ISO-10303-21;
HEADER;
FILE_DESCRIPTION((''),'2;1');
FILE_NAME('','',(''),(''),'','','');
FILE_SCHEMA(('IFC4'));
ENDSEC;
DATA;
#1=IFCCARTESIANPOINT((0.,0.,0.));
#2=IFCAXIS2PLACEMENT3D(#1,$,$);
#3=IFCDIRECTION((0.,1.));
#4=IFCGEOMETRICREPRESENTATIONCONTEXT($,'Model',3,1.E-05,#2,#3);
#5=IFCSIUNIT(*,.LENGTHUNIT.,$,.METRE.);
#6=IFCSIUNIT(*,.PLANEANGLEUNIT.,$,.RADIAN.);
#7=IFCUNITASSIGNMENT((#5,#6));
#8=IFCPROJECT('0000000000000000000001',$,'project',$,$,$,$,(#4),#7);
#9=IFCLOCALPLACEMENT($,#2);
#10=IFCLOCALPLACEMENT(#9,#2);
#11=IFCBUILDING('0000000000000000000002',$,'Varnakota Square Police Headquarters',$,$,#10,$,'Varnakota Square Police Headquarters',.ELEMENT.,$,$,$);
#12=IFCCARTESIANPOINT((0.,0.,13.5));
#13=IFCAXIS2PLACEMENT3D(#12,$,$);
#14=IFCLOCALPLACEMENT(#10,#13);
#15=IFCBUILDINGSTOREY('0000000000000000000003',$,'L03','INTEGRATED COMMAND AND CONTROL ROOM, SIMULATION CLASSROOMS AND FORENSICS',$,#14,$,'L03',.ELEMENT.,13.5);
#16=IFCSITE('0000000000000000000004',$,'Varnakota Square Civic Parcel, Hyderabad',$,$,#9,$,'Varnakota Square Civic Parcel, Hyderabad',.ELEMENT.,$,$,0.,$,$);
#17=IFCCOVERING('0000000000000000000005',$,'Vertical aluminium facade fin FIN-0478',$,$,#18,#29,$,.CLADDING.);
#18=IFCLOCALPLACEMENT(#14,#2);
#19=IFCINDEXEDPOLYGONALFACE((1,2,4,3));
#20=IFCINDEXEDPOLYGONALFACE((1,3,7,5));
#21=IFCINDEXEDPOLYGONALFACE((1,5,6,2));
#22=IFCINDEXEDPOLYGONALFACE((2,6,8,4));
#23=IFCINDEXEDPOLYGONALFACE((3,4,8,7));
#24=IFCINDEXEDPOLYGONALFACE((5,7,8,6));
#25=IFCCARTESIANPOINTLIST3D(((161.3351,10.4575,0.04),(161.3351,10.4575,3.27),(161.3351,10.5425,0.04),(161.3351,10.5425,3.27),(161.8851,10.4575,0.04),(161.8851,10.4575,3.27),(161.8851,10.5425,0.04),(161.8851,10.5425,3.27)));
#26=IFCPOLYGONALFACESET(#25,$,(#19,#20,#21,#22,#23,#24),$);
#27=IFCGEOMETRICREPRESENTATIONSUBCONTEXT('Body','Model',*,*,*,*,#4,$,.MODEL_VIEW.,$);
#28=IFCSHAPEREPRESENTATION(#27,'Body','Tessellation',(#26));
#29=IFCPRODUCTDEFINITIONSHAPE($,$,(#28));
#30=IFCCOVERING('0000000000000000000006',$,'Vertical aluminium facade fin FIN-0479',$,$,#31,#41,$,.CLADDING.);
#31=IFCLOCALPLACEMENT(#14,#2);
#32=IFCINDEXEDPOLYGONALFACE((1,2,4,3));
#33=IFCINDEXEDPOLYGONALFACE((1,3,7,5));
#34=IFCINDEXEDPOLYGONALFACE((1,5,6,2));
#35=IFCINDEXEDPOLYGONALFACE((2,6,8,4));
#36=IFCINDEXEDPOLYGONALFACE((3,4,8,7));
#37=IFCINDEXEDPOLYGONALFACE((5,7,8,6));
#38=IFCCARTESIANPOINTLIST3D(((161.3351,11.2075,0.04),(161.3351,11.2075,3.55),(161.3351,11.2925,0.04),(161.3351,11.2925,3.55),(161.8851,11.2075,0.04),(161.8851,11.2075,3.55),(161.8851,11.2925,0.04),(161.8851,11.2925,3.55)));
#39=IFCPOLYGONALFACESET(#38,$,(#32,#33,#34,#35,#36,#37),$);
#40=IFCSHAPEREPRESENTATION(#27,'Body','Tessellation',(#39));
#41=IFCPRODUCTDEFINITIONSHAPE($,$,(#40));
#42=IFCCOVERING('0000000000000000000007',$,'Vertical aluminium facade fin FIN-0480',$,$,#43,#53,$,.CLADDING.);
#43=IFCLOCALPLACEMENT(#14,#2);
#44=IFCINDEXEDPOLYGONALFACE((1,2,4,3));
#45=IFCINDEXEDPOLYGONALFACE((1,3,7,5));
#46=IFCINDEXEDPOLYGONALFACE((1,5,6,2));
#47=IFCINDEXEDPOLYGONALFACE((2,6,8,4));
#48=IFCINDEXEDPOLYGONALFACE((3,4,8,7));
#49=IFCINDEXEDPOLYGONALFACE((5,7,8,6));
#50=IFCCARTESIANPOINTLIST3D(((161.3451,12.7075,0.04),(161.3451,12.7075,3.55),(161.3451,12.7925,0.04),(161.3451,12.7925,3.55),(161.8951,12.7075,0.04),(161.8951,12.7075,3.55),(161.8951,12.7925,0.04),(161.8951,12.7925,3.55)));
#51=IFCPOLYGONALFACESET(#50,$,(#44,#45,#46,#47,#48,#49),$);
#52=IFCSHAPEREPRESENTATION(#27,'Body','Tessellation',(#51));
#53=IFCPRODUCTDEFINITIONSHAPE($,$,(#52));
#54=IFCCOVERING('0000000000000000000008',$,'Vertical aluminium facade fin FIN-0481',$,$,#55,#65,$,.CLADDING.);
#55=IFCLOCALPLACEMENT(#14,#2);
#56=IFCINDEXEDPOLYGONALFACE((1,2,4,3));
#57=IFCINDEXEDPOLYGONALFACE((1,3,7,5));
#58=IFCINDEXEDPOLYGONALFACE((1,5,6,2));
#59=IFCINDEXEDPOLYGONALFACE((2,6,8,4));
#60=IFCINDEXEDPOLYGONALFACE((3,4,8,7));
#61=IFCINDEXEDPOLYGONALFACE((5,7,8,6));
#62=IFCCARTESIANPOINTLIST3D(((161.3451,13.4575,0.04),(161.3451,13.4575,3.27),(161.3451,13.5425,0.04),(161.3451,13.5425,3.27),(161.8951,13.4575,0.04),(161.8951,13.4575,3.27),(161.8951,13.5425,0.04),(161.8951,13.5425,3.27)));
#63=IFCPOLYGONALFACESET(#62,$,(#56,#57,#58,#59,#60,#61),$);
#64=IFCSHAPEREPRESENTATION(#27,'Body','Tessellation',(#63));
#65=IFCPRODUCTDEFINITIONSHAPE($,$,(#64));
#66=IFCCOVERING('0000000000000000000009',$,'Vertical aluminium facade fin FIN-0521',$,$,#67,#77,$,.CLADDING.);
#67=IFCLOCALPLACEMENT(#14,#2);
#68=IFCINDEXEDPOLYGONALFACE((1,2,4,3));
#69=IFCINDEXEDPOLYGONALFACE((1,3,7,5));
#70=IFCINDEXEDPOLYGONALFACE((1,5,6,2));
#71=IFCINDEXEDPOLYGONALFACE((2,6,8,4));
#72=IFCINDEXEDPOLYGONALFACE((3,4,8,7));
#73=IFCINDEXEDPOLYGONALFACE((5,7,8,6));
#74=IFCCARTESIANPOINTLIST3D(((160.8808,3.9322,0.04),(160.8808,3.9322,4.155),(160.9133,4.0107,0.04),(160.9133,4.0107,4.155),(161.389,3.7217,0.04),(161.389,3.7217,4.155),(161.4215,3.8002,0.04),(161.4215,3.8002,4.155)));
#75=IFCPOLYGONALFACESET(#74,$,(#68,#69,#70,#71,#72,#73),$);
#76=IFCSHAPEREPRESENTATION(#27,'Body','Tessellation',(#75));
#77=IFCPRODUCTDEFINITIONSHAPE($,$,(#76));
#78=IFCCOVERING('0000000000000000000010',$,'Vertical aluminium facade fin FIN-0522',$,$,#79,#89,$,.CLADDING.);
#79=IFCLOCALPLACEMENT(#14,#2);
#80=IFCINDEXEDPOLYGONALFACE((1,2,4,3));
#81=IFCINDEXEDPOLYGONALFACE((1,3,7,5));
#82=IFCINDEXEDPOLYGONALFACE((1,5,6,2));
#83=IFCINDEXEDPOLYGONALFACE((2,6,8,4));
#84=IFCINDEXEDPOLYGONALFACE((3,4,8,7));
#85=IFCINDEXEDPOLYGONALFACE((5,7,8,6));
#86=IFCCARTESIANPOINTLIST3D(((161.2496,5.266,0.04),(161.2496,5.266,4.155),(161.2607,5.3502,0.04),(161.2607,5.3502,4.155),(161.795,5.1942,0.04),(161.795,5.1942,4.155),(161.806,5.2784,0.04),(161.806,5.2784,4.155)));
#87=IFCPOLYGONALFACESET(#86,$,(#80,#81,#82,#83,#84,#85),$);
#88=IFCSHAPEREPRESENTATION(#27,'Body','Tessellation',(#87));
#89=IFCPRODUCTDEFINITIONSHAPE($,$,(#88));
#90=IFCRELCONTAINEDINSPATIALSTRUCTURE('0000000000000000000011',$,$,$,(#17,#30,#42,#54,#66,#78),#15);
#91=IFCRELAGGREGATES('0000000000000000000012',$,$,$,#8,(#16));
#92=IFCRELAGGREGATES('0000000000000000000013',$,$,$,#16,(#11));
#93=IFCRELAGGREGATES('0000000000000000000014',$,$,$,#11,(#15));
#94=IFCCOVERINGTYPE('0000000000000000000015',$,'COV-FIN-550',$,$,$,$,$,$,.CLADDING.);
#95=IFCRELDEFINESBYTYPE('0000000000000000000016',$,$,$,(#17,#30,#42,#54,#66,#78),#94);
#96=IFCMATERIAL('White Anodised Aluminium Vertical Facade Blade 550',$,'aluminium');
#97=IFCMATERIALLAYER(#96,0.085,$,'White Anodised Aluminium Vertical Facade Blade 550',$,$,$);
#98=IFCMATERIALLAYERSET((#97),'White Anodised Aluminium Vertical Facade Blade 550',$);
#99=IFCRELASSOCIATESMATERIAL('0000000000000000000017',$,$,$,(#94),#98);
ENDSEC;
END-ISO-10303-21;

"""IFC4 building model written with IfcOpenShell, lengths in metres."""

from ifc_helpers import new_model, si_unit, direction, frame, origin, origin_2d, place, context, subcontext, project, spatial, rectangle, extrude, material, layer, layer_set, type_object, element, save


model = new_model("IFC4")

# Units and contexts
model_context = context("Model", 3, precision=1e-05, world=origin(), true_north=direction((0.0, 1.0)))
body_context = subcontext(model_context, "Body", "Model", "MODEL_VIEW")
ifc_project = project(units=[si_unit("LENGTHUNIT", "METRE"), si_unit("PLANEANGLEUNIT", "RADIAN")], contexts=[model_context])

# Site, building, storey
site_placement = place(None, origin())
site = spatial("IfcSite", under=ifc_project, at=site_placement, Name="Varnakota Square Civic Parcel, Hyderabad", LongName="Varnakota Square Civic Parcel, Hyderabad", CompositionType="ELEMENT", RefElevation=0.0)
building_placement = place(site_placement, origin())
building = spatial("IfcBuilding", under=site, at=building_placement, Name="Varnakota Square Police Headquarters", LongName="Varnakota Square Police Headquarters", CompositionType="ELEMENT")
storey_placement = place(building_placement, frame((0.0, 0.0, 13.5)))
storey = spatial("IfcBuildingStorey", under=building, at=storey_placement, Name="L03", Description="INTEGRATED COMMAND AND CONTROL ROOM, SIMULATION CLASSROOMS AND FORENSICS", LongName="L03", CompositionType="ELEMENT", Elevation=13.5)

# Coverings
ifc_material_1 = material(Name="White Anodised Aluminium Vertical Facade Blade 550", Category="aluminium")
ifc_layer_1 = layer(ifc_material_1, 0.085, Name="White Anodised Aluminium Vertical Facade Blade 550")
ifc_layer_set_1 = layer_set([ifc_layer_1], Name="White Anodised Aluminium Vertical Facade Blade 550")
covering_type_1 = type_object("IfcCoveringType", Name="COV-FIN-550", PredefinedType="CLADDING", material=ifc_layer_set_1)
for number, where, z_axis, x_axis, name in (
    (1, (161.6101, 10.5, 0.04), (0.0, 0.0, 1.0), (0.0, 1.0, 0.0), "Vertical aluminium facade fin FIN-0478"),
):
    element("IfcCovering", number, at=place(storey_placement, frame(where, z_axis=z_axis, x_axis=x_axis)), inside=storey, type_object=covering_type_1, Name=name, PredefinedType="CLADDING", context=body_context, shape_type="SweptSolid", body=[
        extrude(rectangle(XDim=0.085, YDim=0.55, at=origin_2d()), origin(), (0.0, 0.0, 1.0), 3.23),
    ])
for number, where, z_axis, x_axis, name in (
    (2, (161.6101, 11.25, 0.04), (0.0, 0.0, 1.0), (0.0, 1.0, 0.0), "Vertical aluminium facade fin FIN-0479"),
    (3, (161.6201, 12.75, 0.04), (0.0, 0.0, 1.0), (0.0, 1.0, 0.0), "Vertical aluminium facade fin FIN-0480"),
):
    element("IfcCovering", number, at=place(storey_placement, frame(where, z_axis=z_axis, x_axis=x_axis)), inside=storey, type_object=covering_type_1, Name=name, PredefinedType="CLADDING", context=body_context, shape_type="SweptSolid", body=[
        extrude(rectangle(XDim=0.085, YDim=0.55, at=origin_2d()), origin(), (0.0, 0.0, 1.0), 3.51),
    ])
covering_1_placement = place(storey_placement, frame((161.6201, 13.5, 0.04), z_axis=(0.0, 0.0, 1.0), x_axis=(0.0, 1.0, 0.0)))
element("IfcCovering", 4, at=covering_1_placement, inside=storey, type_object=covering_type_1, Name="Vertical aluminium facade fin FIN-0481", PredefinedType="CLADDING", context=body_context, shape_type="SweptSolid", body=[
    extrude(rectangle(XDim=0.085, YDim=0.55, at=origin_2d()), origin(), (0.0, 0.0, 1.0), 3.23),
])
for number, where, z_axis, x_axis, name in (
    (5, (161.1511, 3.8662, 0.04), (0.0, 0.0, 1.0), (0.382683, 0.92388, 0.0), "Vertical aluminium facade fin FIN-0521"),
    (6, (161.5278, 5.2722, 0.04), (0.0, 0.0, 1.0), (0.130526, 0.991445, 0.0), "Vertical aluminium facade fin FIN-0522"),
):
    element("IfcCovering", number, at=place(storey_placement, frame(where, z_axis=z_axis, x_axis=x_axis)), inside=storey, type_object=covering_type_1, Name=name, PredefinedType="CLADDING", context=body_context, shape_type="SweptSolid", body=[
        extrude(rectangle(XDim=0.085, YDim=0.55, at=origin_2d()), origin(), (0.0, 0.0, 1.0), 4.115),
    ])

save(model, "model.ifc")
